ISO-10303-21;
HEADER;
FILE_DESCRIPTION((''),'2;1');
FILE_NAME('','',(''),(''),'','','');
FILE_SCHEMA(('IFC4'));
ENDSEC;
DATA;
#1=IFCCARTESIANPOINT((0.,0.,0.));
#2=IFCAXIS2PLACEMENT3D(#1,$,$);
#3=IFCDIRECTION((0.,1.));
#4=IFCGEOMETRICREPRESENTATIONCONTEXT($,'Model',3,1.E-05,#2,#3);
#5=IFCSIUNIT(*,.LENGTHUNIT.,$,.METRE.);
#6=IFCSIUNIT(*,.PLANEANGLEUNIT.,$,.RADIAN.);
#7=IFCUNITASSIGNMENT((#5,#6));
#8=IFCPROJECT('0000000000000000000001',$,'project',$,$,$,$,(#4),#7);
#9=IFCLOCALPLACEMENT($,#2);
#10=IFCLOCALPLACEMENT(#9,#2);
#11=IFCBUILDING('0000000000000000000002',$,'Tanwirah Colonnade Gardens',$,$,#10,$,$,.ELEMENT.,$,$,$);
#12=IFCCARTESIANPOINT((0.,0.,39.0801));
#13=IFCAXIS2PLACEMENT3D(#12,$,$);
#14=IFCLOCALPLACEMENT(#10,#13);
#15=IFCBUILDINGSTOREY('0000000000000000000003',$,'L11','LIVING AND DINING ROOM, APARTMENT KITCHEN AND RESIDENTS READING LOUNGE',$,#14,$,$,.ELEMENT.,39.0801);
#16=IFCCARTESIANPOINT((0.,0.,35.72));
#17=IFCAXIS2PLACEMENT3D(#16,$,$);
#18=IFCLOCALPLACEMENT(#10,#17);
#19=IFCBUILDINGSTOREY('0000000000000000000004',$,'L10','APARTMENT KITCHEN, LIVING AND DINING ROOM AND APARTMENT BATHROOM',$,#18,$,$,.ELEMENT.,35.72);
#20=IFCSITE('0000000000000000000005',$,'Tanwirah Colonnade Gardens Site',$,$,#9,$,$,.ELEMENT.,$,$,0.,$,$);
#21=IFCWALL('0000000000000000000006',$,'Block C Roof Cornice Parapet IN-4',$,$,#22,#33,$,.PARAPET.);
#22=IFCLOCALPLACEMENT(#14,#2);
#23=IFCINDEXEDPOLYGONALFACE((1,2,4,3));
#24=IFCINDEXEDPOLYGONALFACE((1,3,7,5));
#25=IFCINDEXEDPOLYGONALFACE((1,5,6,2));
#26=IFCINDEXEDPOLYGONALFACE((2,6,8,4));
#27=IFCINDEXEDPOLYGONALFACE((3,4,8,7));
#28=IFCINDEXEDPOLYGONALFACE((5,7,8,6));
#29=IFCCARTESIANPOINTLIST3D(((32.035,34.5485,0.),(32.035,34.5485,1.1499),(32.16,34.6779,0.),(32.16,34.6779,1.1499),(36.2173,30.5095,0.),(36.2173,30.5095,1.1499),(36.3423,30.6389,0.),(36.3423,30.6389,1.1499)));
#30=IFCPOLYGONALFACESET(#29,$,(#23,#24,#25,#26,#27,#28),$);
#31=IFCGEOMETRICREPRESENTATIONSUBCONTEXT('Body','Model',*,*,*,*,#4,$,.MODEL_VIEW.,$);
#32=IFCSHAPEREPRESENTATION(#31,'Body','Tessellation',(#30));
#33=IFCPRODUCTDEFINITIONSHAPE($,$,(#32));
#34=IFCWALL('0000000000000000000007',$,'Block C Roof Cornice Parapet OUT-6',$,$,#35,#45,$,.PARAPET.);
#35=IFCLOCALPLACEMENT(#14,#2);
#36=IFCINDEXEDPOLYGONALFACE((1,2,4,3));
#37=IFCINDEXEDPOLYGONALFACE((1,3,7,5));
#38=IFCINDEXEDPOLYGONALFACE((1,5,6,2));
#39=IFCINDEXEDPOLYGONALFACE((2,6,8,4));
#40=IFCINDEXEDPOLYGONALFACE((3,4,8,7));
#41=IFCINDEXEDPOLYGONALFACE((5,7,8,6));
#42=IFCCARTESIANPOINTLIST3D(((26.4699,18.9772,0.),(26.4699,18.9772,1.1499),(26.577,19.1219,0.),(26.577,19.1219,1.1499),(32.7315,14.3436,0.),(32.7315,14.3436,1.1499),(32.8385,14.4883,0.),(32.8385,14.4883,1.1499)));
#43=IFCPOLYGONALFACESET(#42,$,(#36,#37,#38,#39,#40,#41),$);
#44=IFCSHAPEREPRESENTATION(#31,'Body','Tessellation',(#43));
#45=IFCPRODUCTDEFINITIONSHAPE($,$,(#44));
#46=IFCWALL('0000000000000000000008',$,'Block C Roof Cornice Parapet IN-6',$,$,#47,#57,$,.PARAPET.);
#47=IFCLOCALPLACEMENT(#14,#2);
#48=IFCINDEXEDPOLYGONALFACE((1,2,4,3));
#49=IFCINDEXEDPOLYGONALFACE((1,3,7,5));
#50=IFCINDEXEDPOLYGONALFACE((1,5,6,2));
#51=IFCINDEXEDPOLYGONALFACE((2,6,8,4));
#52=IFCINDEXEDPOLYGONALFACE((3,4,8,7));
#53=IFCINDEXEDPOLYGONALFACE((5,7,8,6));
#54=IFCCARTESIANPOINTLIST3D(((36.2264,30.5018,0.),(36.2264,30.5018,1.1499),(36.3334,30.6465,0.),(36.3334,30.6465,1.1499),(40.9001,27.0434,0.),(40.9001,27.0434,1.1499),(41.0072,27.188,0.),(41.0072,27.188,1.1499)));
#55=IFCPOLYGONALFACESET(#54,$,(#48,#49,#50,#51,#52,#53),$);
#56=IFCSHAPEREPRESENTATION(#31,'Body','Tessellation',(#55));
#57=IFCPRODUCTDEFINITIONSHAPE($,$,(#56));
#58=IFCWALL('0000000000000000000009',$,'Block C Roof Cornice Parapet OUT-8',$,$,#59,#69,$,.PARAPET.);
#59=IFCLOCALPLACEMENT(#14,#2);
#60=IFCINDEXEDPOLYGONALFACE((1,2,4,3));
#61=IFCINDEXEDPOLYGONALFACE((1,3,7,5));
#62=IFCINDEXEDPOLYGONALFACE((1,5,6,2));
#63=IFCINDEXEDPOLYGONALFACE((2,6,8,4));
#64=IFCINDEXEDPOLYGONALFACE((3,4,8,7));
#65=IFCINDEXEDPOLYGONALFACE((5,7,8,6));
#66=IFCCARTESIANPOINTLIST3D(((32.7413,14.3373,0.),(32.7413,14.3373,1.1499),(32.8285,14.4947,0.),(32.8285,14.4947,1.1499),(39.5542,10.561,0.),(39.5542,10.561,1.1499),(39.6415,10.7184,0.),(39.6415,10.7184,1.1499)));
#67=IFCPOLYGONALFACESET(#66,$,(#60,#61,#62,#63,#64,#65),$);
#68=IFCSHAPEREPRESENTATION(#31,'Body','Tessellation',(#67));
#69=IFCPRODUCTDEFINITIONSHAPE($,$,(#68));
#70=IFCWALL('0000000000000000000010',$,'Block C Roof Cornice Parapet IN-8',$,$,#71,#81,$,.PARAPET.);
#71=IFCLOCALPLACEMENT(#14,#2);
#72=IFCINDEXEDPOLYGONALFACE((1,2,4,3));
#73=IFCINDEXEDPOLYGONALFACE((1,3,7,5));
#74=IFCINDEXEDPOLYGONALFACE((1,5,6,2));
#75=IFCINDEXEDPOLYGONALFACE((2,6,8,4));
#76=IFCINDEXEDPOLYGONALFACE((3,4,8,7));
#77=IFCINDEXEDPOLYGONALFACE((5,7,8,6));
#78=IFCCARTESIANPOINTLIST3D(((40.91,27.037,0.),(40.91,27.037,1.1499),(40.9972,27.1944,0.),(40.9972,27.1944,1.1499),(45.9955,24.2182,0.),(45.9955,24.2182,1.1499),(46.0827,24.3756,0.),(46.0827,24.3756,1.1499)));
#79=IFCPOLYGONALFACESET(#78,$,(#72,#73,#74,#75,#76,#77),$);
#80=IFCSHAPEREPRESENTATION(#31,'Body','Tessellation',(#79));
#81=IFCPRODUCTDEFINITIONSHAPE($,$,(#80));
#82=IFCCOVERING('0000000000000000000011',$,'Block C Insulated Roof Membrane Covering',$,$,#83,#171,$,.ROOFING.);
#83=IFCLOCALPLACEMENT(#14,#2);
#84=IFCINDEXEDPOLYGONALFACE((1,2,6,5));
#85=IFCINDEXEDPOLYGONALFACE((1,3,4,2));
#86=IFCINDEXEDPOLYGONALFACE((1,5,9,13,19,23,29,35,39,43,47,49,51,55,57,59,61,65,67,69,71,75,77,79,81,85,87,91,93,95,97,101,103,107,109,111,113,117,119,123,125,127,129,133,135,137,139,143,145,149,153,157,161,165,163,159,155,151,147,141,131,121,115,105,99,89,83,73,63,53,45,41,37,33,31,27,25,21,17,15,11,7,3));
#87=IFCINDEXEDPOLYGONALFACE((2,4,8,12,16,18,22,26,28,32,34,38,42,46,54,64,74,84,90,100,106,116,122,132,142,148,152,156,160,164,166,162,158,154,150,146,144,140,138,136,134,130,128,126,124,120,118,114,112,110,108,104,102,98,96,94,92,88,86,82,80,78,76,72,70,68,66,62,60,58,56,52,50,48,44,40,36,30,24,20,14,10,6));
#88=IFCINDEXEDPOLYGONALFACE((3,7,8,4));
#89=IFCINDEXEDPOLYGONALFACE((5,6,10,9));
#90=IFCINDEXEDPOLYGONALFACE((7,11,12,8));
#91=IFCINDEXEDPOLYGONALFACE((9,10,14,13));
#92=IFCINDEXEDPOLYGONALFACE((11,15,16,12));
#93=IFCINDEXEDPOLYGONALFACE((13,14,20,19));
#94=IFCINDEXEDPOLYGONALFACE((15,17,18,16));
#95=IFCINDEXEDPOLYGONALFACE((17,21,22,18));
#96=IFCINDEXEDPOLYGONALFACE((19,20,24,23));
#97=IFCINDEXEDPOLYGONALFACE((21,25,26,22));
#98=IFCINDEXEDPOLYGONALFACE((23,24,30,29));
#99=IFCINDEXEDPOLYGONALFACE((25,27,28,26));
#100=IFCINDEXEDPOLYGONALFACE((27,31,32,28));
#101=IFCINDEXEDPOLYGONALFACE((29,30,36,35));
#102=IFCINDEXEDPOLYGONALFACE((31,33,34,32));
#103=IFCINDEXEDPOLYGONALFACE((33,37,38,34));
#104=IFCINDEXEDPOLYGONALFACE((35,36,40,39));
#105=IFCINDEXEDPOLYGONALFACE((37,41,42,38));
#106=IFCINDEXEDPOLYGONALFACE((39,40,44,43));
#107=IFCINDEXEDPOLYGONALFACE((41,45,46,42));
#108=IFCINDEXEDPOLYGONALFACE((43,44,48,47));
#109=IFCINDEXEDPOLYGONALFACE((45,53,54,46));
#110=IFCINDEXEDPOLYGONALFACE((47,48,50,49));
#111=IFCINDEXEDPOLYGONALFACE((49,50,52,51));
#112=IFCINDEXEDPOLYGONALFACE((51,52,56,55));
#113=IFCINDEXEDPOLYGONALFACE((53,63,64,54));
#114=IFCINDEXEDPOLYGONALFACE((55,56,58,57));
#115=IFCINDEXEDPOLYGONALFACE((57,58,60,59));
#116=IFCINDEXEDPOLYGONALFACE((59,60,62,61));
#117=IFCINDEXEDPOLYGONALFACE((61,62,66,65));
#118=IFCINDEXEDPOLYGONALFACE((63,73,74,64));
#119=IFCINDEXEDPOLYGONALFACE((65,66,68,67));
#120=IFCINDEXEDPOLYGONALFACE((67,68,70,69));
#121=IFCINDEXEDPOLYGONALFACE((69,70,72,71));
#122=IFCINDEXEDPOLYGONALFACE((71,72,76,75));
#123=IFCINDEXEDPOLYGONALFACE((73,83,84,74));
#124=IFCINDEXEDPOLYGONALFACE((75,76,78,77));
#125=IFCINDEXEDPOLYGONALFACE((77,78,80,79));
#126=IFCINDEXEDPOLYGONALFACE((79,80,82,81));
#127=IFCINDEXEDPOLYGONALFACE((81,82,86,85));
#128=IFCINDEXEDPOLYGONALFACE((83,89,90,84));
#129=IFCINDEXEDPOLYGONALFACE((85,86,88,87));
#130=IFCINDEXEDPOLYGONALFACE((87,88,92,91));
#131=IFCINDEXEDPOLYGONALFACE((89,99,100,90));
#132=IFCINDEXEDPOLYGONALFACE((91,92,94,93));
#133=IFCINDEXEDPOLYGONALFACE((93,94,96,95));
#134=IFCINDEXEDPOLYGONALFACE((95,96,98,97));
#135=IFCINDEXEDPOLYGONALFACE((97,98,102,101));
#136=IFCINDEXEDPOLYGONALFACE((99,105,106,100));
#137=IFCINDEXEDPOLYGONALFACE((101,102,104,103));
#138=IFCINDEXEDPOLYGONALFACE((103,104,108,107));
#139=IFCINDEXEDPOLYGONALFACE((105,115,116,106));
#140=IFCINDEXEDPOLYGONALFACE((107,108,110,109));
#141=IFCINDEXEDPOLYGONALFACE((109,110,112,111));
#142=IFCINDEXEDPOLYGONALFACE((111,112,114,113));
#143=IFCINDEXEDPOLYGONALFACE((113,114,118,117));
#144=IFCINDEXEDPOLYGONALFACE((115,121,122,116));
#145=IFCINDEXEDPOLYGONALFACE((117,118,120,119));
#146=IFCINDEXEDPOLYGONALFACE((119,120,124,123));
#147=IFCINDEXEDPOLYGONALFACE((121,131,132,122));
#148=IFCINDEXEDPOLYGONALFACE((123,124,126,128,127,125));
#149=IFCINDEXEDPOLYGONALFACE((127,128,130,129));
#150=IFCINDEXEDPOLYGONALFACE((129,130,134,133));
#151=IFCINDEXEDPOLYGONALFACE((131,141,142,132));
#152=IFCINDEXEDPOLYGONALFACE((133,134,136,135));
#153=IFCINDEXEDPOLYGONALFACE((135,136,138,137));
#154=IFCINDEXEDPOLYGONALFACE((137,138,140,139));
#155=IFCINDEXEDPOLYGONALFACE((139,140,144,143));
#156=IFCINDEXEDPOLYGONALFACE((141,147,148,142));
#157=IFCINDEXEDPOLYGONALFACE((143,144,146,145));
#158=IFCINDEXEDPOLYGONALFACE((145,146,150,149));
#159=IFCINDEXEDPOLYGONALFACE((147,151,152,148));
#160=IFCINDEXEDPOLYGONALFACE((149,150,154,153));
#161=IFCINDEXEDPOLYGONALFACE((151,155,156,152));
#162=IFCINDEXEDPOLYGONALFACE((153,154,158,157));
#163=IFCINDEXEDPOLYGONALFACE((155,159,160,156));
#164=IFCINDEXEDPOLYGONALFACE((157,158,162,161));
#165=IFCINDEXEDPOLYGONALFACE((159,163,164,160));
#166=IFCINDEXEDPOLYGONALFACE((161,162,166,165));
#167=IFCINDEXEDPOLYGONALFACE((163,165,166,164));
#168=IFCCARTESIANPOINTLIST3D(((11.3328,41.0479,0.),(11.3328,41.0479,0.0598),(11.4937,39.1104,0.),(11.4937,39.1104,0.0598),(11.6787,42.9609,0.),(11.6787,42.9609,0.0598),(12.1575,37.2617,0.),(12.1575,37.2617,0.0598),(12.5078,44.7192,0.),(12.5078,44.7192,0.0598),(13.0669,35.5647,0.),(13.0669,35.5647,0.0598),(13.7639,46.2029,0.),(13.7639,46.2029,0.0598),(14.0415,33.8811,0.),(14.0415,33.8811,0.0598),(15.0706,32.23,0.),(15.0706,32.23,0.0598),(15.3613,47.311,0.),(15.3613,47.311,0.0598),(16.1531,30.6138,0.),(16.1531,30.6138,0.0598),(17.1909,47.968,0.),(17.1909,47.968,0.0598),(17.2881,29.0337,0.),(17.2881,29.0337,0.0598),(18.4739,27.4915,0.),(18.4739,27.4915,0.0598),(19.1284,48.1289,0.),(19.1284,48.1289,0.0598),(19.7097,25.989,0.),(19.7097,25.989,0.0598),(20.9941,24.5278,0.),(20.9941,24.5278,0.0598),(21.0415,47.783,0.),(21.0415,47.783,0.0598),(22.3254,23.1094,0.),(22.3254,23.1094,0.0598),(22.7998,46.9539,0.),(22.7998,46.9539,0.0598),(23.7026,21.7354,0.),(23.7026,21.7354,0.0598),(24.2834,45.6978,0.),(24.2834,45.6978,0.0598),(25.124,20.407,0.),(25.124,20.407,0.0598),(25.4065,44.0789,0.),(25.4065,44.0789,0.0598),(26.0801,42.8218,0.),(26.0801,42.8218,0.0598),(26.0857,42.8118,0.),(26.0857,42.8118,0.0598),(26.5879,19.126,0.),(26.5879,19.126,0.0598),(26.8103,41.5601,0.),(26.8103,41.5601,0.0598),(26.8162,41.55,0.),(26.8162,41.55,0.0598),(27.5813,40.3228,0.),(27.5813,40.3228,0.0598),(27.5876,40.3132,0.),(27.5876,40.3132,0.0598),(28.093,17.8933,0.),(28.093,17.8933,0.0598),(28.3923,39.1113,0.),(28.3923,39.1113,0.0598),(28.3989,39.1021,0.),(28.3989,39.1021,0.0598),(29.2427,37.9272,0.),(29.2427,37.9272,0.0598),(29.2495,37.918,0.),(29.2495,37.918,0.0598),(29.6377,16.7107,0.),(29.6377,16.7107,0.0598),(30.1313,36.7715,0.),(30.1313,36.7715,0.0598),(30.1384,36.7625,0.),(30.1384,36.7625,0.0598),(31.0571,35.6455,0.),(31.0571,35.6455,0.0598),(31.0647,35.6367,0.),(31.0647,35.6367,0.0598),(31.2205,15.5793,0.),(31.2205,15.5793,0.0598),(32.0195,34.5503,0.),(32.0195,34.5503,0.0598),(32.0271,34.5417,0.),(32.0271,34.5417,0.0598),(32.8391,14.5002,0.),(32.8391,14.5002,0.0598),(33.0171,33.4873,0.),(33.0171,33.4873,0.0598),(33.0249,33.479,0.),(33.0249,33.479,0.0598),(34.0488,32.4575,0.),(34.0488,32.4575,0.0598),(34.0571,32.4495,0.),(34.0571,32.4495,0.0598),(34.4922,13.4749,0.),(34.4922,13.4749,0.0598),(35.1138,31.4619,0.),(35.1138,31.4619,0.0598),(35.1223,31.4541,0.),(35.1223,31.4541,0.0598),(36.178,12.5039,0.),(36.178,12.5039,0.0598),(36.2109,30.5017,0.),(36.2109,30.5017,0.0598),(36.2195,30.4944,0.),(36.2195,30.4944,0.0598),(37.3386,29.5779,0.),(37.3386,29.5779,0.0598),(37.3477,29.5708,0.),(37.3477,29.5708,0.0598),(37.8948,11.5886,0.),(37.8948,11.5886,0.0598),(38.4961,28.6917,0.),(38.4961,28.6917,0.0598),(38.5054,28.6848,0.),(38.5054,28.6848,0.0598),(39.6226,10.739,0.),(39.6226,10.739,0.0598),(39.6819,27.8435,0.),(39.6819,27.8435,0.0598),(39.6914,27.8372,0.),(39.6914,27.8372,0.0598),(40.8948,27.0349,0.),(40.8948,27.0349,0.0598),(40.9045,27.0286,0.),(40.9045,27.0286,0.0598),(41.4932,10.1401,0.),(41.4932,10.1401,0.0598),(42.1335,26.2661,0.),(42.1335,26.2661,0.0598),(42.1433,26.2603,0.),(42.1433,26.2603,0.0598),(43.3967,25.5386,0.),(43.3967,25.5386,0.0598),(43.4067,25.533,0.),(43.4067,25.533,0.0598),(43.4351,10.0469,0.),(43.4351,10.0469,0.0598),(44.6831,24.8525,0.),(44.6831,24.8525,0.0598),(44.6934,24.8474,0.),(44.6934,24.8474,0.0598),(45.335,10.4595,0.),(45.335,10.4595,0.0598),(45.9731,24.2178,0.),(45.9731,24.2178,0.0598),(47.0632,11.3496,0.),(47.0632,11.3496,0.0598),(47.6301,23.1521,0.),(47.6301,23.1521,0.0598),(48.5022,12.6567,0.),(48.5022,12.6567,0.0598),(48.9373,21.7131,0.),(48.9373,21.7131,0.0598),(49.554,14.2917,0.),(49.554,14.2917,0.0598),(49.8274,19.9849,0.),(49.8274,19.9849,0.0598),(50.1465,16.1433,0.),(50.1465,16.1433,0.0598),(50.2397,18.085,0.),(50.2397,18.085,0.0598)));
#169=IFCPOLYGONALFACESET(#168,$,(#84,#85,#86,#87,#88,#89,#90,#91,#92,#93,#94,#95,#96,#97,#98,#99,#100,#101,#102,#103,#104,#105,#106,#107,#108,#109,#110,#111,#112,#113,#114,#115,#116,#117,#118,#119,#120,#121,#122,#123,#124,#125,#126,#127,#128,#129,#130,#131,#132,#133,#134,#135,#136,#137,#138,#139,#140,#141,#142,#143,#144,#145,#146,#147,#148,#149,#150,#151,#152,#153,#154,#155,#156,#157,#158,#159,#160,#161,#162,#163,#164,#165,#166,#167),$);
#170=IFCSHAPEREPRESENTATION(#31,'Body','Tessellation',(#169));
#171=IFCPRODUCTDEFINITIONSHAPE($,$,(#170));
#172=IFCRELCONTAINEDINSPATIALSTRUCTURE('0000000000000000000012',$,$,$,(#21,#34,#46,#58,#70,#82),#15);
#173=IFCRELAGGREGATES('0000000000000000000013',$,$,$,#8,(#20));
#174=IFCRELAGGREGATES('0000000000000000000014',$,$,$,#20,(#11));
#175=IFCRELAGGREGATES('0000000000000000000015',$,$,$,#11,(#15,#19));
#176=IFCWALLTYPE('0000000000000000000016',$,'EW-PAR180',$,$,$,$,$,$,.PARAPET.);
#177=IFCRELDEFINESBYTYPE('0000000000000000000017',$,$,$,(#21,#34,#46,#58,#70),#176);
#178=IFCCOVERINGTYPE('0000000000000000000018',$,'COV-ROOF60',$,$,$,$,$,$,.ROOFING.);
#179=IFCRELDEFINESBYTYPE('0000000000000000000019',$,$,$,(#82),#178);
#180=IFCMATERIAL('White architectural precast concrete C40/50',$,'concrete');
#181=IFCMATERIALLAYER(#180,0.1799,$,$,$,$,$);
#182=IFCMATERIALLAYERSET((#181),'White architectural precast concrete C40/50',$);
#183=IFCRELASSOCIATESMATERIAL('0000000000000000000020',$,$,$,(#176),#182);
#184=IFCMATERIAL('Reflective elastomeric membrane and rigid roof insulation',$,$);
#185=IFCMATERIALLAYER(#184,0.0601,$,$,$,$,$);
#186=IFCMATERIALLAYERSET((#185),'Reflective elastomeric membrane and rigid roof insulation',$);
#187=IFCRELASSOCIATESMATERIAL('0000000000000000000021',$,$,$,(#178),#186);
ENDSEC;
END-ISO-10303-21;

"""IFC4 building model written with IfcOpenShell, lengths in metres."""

from ifc_helpers import new_model, si_unit, direction, frame, frame_2d, origin, place, context, subcontext, project, spatial, polyline, rectangle, outline, extrude, material, layer, layer_set, type_object, element, save


model = new_model("IFC4")

# Units and contexts
model_context = context("Model", 3, precision=1e-05, world=origin(), true_north=direction((0.0, 1.0)))
body_context = subcontext(model_context, "Body", "Model", "MODEL_VIEW")
ifc_project = project(units=[si_unit("LENGTHUNIT", "METRE"), si_unit("PLANEANGLEUNIT", "RADIAN")], contexts=[model_context])

# Site, building, storey
site_placement = place(None, origin())
site = spatial("IfcSite", under=ifc_project, at=site_placement, Name="Tanwirah Colonnade Gardens Site", CompositionType="ELEMENT", RefElevation=0.0)
building_placement = place(site_placement, origin())
building = spatial("IfcBuilding", under=site, at=building_placement, Name="Tanwirah Colonnade Gardens", CompositionType="ELEMENT")
storey_1_placement = place(building_placement, frame((0.0, 0.0, 39.0801)))
storey_1 = spatial("IfcBuildingStorey", under=building, at=storey_1_placement, Name="L11", Description="LIVING AND DINING ROOM, APARTMENT KITCHEN AND RESIDENTS READING LOUNGE", CompositionType="ELEMENT", Elevation=39.0801)

# Shared definitions
storey_2_placement = place(building_placement, frame((0.0, 0.0, 35.72)))
storey_2 = spatial("IfcBuildingStorey", under=building, at=storey_2_placement, Name="L10", Description="APARTMENT KITCHEN, LIVING AND DINING ROOM AND APARTMENT BATHROOM", CompositionType="ELEMENT", Elevation=35.72)

# Shared definitions
ifc_material_1 = material(Name="White architectural precast concrete C40/50", Category="concrete")

# Walls
ifc_layer_1 = layer(ifc_material_1, 0.1799)
ifc_layer_set_1 = layer_set([ifc_layer_1], Name="White architectural precast concrete C40/50")
wall_type = type_object("IfcWallType", Name="EW-PAR180", PredefinedType="PARAPET", material=ifc_layer_set_1)
wall_1_placement = place(storey_1_placement, frame((32.0974, 34.6133, 0.0), z_axis=(0.0, 0.0, 1.0), x_axis=(0.719323, -0.694675, 0.0)))
element("IfcWall", 1, at=wall_1_placement, inside=storey_1, type_object=wall_type, Name="Block C Roof Cornice Parapet IN-4", PredefinedType="PARAPET", context=body_context, shape_type="SweptSolid", body=[
    extrude(rectangle(XDim=5.8142, YDim=0.1799, at=frame_2d((2.9072, 0.0))), origin(), (0.0, 0.0, 1.0), 1.1499),
])
wall_2_placement = place(storey_1_placement, frame((26.5234, 19.0496, 0.0), z_axis=(0.0, 0.0, 1.0), x_axis=(0.803839, -0.594847, 0.0)))
element("IfcWall", 2, at=wall_2_placement, inside=storey_1, type_object=wall_type, Name="Block C Roof Cornice Parapet OUT-6", PredefinedType="PARAPET", context=body_context, shape_type="SweptSolid", body=[
    extrude(rectangle(XDim=7.7896, YDim=0.1799, at=frame_2d((3.8948, 0.0))), origin(), (0.0, 0.0, 1.0), 1.1499),
])
wall_3_placement = place(storey_1_placement, frame((36.2798, 30.5742, 0.0), z_axis=(0.0, 0.0, 1.0), x_axis=(0.803853, -0.594828, 0.0)))
element("IfcWall", 3, at=wall_3_placement, inside=storey_1, type_object=wall_type, Name="Block C Roof Cornice Parapet IN-6", PredefinedType="PARAPET", context=body_context, shape_type="SweptSolid", body=[
    extrude(rectangle(XDim=5.8142, YDim=0.1799, at=frame_2d((2.9072, 0.0))), origin(), (0.0, 0.0, 1.0), 1.1499),
])
wall_4_placement = place(storey_1_placement, frame((32.7849, 14.416, 0.0), z_axis=(0.0, 0.0, 1.0), x_axis=(0.874627, -0.484796, 0.0)))
element("IfcWall", 4, at=wall_4_placement, inside=storey_1, type_object=wall_type, Name="Block C Roof Cornice Parapet OUT-8", PredefinedType="PARAPET", context=body_context, shape_type="SweptSolid", body=[
    extrude(rectangle(XDim=7.7896, YDim=0.1799, at=frame_2d((3.8948, 0.0))), origin(), (0.0, 0.0, 1.0), 1.1499),
])
wall_5_placement = place(storey_1_placement, frame((40.9536, 27.1157, 0.0), z_axis=(0.0, 0.0, 1.0), x_axis=(0.874624, -0.484801, 0.0)))
element("IfcWall", 5, at=wall_5_placement, inside=storey_1, type_object=wall_type, Name="Block C Roof Cornice Parapet IN-8", PredefinedType="PARAPET", context=body_context, shape_type="SweptSolid", body=[
    extrude(rectangle(XDim=5.8145, YDim=0.1799, at=frame_2d((2.9072, 0.0))), origin(), (0.0, 0.0, 1.0), 1.1499),
])

# Covering
ifc_material_2 = material(Name="Reflective elastomeric membrane and rigid roof insulation")
ifc_layer_2 = layer(ifc_material_2, 0.0601)
ifc_layer_set_2 = layer_set([ifc_layer_2], Name="Reflective elastomeric membrane and rigid roof insulation")
covering_type = type_object("IfcCoveringType", Name="COV-ROOF60", PredefinedType="ROOFING", material=ifc_layer_set_2)
covering_placement = place(storey_1_placement, origin())
element("IfcCovering", 6, at=covering_placement, inside=storey_1, type_object=covering_type, Name="Block C Insulated Roof Membrane Covering", PredefinedType="ROOFING", context=body_context, shape_type="SweptSolid", body=[
    extrude(outline(polyline([(24.2834, 45.6978), (25.4065, 44.0789), (26.0801, 42.8218), (26.0857, 42.8118), (26.8103, 41.5601), (26.8162, 41.55), (27.5813, 40.3228), (27.5876, 40.3132), (28.3923, 39.1113), (28.3989, 39.1021), (29.2427, 37.9272), (29.2495, 37.918), (30.1313, 36.7715), (30.1384, 36.7625), (31.0571, 35.6455), (31.0647, 35.6367), (32.0195, 34.5503), (32.0271, 34.5417), (33.0171, 33.4873), (33.0249, 33.479), (34.0488, 32.4575), (34.0571, 32.4495), (35.1138, 31.4619), (35.1223, 31.4541), (36.2109, 30.5017), (36.2195, 30.4944), (37.3386, 29.5779), (37.3477, 29.5708), (38.4961, 28.6917), (38.5054, 28.6848), (39.6819, 27.8435), (39.6914, 27.8372), (40.8948, 27.0349), (40.9045, 27.0286), (42.1335, 26.2661), (42.1433, 26.2603), (43.3967, 25.5386), (43.4067, 25.533), (44.6831, 24.8525), (44.6934, 24.8474), (45.9731, 24.2178), (47.6301, 23.1521), (48.9373, 21.7131), (49.8274, 19.9849), (50.2397, 18.085), (50.1465, 16.1433), (49.554, 14.2917), (48.5022, 12.6567), (47.0632, 11.3496), (45.335, 10.4595), (43.4351, 10.0469), (41.4932, 10.1401), (39.6226, 10.739), (37.8948, 11.5886), (36.178, 12.5039), (34.4922, 13.4749), (32.8391, 14.5002), (31.2205, 15.5793), (29.6377, 16.7107), (28.093, 17.8933), (26.5879, 19.126), (25.124, 20.407), (23.7026, 21.7354), (22.3254, 23.1094), (20.9941, 24.5278), (19.7097, 25.989), (18.4739, 27.4915), (17.2881, 29.0337), (16.1531, 30.6138), (15.0706, 32.23), (14.0415, 33.8811), (13.0669, 35.5647), (12.1575, 37.2617), (11.4937, 39.1104), (11.3328, 41.0479), (11.6787, 42.9609), (12.5078, 44.7192), (13.7639, 46.2029), (15.3613, 47.311), (17.1909, 47.968), (19.1284, 48.1289), (21.0415, 47.783), (22.7998, 46.9539), (24.2834, 45.6978)])), origin(), (0.0, 0.0, 1.0), 0.0598),
])

save(model, "model.ifc")
